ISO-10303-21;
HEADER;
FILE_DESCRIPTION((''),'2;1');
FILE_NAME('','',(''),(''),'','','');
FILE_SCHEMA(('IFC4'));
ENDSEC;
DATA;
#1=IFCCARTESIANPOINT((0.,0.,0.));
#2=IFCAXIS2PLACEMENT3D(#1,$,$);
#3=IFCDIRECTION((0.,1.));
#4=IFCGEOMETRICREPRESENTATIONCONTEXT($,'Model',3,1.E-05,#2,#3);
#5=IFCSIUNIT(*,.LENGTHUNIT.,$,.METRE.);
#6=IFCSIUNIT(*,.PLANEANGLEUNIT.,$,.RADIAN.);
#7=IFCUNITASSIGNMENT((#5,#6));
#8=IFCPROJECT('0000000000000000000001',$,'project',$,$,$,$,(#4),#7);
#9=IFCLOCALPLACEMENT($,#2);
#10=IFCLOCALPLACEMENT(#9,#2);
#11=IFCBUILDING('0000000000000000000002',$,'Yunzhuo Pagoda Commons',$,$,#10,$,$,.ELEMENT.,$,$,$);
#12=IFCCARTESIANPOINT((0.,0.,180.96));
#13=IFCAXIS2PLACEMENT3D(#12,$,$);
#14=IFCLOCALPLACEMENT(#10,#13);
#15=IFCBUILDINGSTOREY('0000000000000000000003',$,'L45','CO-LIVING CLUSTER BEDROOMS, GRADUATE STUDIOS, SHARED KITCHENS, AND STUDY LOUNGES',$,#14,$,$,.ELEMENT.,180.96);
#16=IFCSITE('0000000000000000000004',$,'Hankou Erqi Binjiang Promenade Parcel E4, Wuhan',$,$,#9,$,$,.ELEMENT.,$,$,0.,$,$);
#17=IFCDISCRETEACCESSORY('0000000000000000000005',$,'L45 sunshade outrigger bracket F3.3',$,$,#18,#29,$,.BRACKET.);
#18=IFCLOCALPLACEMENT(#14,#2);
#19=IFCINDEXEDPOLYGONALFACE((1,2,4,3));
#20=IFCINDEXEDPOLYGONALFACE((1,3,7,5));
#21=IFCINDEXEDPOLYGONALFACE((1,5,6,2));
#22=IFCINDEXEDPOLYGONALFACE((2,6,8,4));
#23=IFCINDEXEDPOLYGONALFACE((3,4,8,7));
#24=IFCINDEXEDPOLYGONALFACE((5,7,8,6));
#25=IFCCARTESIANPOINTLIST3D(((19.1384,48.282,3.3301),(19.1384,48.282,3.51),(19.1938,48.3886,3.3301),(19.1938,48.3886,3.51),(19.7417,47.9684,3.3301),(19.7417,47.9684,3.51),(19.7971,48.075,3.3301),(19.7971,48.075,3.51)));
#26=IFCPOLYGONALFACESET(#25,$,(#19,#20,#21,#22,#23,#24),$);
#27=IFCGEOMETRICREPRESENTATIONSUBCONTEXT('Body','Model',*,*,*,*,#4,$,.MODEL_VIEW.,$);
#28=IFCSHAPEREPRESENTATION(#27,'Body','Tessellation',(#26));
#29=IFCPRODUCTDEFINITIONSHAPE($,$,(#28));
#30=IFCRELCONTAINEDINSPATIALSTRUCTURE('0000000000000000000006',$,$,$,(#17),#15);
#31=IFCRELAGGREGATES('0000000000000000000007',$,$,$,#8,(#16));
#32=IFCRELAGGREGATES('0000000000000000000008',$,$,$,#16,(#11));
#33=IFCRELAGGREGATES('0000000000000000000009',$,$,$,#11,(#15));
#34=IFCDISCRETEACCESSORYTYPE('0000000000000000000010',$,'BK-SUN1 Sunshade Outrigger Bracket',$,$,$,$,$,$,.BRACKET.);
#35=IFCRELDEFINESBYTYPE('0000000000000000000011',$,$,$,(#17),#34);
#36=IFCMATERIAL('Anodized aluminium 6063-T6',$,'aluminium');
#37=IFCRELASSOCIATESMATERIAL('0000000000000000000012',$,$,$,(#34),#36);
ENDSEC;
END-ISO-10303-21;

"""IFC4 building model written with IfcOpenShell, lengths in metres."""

from ifc_helpers import new_model, si_unit, direction, frame, origin, origin_2d, place, context, subcontext, project, spatial, rectangle, extrude, source, transform, mapped, material, type_object, element, save


model = new_model("IFC4")

# Units and contexts
model_context = context("Model", 3, precision=1e-05, world=origin(), true_north=direction((0.0, 1.0)))
body_context = subcontext(model_context, "Body", "Model", "MODEL_VIEW")
ifc_project = project(units=[si_unit("LENGTHUNIT", "METRE"), si_unit("PLANEANGLEUNIT", "RADIAN")], contexts=[model_context])

# Site, building, storey
site_placement = place(None, origin())
site = spatial("IfcSite", under=ifc_project, at=site_placement, Name="Hankou Erqi Binjiang Promenade Parcel E4, Wuhan", CompositionType="ELEMENT", RefElevation=0.0)
building_placement = place(site_placement, origin())
building = spatial("IfcBuilding", under=site, at=building_placement, Name="Yunzhuo Pagoda Commons", CompositionType="ELEMENT")
storey_placement = place(building_placement, frame((0.0, 0.0, 180.96)))
storey = spatial("IfcBuildingStorey", under=building, at=storey_placement, Name="L45", Description="CO-LIVING CLUSTER BEDROOMS, GRADUATE STUDIOS, SHARED KITCHENS, AND STUDY LOUNGES", CompositionType="ELEMENT", Elevation=180.96)

# Shared definitions
ifc_material_1 = material(Name="Anodized aluminium 6063-T6", Category="aluminium")

# Discrete accessory
discrete_accessory_type = type_object("IfcDiscreteAccessoryType", Name="BK-SUN1 Sunshade Outrigger Bracket", PredefinedType="BRACKET", material=ifc_material_1)
shared_shape_1 = source(origin(), body_context, "Body", "SweptSolid", [
    extrude(rectangle(XDim=0.1201, YDim=0.6799, at=origin_2d()), origin(), (0.0, 0.0, 1.0), 0.1799),
])
discrete_accessory_placement = place(storey_placement, frame((19.4678, 48.1785, 3.3301), z_axis=(0.0, 0.0, 1.0), x_axis=(-0.461207, -0.887293, 0.0)))
element("IfcDiscreteAccessory", 1, at=discrete_accessory_placement, inside=storey, type_object=discrete_accessory_type, Name="L45 sunshade outrigger bracket F3.3", PredefinedType="BRACKET", context=body_context, shape_type="MappedRepresentation", body=[
    mapped(shared_shape_1, transform((0.0, 0.0, 0.0), scale=1.0)),
])

save(model, "model.ifc")
